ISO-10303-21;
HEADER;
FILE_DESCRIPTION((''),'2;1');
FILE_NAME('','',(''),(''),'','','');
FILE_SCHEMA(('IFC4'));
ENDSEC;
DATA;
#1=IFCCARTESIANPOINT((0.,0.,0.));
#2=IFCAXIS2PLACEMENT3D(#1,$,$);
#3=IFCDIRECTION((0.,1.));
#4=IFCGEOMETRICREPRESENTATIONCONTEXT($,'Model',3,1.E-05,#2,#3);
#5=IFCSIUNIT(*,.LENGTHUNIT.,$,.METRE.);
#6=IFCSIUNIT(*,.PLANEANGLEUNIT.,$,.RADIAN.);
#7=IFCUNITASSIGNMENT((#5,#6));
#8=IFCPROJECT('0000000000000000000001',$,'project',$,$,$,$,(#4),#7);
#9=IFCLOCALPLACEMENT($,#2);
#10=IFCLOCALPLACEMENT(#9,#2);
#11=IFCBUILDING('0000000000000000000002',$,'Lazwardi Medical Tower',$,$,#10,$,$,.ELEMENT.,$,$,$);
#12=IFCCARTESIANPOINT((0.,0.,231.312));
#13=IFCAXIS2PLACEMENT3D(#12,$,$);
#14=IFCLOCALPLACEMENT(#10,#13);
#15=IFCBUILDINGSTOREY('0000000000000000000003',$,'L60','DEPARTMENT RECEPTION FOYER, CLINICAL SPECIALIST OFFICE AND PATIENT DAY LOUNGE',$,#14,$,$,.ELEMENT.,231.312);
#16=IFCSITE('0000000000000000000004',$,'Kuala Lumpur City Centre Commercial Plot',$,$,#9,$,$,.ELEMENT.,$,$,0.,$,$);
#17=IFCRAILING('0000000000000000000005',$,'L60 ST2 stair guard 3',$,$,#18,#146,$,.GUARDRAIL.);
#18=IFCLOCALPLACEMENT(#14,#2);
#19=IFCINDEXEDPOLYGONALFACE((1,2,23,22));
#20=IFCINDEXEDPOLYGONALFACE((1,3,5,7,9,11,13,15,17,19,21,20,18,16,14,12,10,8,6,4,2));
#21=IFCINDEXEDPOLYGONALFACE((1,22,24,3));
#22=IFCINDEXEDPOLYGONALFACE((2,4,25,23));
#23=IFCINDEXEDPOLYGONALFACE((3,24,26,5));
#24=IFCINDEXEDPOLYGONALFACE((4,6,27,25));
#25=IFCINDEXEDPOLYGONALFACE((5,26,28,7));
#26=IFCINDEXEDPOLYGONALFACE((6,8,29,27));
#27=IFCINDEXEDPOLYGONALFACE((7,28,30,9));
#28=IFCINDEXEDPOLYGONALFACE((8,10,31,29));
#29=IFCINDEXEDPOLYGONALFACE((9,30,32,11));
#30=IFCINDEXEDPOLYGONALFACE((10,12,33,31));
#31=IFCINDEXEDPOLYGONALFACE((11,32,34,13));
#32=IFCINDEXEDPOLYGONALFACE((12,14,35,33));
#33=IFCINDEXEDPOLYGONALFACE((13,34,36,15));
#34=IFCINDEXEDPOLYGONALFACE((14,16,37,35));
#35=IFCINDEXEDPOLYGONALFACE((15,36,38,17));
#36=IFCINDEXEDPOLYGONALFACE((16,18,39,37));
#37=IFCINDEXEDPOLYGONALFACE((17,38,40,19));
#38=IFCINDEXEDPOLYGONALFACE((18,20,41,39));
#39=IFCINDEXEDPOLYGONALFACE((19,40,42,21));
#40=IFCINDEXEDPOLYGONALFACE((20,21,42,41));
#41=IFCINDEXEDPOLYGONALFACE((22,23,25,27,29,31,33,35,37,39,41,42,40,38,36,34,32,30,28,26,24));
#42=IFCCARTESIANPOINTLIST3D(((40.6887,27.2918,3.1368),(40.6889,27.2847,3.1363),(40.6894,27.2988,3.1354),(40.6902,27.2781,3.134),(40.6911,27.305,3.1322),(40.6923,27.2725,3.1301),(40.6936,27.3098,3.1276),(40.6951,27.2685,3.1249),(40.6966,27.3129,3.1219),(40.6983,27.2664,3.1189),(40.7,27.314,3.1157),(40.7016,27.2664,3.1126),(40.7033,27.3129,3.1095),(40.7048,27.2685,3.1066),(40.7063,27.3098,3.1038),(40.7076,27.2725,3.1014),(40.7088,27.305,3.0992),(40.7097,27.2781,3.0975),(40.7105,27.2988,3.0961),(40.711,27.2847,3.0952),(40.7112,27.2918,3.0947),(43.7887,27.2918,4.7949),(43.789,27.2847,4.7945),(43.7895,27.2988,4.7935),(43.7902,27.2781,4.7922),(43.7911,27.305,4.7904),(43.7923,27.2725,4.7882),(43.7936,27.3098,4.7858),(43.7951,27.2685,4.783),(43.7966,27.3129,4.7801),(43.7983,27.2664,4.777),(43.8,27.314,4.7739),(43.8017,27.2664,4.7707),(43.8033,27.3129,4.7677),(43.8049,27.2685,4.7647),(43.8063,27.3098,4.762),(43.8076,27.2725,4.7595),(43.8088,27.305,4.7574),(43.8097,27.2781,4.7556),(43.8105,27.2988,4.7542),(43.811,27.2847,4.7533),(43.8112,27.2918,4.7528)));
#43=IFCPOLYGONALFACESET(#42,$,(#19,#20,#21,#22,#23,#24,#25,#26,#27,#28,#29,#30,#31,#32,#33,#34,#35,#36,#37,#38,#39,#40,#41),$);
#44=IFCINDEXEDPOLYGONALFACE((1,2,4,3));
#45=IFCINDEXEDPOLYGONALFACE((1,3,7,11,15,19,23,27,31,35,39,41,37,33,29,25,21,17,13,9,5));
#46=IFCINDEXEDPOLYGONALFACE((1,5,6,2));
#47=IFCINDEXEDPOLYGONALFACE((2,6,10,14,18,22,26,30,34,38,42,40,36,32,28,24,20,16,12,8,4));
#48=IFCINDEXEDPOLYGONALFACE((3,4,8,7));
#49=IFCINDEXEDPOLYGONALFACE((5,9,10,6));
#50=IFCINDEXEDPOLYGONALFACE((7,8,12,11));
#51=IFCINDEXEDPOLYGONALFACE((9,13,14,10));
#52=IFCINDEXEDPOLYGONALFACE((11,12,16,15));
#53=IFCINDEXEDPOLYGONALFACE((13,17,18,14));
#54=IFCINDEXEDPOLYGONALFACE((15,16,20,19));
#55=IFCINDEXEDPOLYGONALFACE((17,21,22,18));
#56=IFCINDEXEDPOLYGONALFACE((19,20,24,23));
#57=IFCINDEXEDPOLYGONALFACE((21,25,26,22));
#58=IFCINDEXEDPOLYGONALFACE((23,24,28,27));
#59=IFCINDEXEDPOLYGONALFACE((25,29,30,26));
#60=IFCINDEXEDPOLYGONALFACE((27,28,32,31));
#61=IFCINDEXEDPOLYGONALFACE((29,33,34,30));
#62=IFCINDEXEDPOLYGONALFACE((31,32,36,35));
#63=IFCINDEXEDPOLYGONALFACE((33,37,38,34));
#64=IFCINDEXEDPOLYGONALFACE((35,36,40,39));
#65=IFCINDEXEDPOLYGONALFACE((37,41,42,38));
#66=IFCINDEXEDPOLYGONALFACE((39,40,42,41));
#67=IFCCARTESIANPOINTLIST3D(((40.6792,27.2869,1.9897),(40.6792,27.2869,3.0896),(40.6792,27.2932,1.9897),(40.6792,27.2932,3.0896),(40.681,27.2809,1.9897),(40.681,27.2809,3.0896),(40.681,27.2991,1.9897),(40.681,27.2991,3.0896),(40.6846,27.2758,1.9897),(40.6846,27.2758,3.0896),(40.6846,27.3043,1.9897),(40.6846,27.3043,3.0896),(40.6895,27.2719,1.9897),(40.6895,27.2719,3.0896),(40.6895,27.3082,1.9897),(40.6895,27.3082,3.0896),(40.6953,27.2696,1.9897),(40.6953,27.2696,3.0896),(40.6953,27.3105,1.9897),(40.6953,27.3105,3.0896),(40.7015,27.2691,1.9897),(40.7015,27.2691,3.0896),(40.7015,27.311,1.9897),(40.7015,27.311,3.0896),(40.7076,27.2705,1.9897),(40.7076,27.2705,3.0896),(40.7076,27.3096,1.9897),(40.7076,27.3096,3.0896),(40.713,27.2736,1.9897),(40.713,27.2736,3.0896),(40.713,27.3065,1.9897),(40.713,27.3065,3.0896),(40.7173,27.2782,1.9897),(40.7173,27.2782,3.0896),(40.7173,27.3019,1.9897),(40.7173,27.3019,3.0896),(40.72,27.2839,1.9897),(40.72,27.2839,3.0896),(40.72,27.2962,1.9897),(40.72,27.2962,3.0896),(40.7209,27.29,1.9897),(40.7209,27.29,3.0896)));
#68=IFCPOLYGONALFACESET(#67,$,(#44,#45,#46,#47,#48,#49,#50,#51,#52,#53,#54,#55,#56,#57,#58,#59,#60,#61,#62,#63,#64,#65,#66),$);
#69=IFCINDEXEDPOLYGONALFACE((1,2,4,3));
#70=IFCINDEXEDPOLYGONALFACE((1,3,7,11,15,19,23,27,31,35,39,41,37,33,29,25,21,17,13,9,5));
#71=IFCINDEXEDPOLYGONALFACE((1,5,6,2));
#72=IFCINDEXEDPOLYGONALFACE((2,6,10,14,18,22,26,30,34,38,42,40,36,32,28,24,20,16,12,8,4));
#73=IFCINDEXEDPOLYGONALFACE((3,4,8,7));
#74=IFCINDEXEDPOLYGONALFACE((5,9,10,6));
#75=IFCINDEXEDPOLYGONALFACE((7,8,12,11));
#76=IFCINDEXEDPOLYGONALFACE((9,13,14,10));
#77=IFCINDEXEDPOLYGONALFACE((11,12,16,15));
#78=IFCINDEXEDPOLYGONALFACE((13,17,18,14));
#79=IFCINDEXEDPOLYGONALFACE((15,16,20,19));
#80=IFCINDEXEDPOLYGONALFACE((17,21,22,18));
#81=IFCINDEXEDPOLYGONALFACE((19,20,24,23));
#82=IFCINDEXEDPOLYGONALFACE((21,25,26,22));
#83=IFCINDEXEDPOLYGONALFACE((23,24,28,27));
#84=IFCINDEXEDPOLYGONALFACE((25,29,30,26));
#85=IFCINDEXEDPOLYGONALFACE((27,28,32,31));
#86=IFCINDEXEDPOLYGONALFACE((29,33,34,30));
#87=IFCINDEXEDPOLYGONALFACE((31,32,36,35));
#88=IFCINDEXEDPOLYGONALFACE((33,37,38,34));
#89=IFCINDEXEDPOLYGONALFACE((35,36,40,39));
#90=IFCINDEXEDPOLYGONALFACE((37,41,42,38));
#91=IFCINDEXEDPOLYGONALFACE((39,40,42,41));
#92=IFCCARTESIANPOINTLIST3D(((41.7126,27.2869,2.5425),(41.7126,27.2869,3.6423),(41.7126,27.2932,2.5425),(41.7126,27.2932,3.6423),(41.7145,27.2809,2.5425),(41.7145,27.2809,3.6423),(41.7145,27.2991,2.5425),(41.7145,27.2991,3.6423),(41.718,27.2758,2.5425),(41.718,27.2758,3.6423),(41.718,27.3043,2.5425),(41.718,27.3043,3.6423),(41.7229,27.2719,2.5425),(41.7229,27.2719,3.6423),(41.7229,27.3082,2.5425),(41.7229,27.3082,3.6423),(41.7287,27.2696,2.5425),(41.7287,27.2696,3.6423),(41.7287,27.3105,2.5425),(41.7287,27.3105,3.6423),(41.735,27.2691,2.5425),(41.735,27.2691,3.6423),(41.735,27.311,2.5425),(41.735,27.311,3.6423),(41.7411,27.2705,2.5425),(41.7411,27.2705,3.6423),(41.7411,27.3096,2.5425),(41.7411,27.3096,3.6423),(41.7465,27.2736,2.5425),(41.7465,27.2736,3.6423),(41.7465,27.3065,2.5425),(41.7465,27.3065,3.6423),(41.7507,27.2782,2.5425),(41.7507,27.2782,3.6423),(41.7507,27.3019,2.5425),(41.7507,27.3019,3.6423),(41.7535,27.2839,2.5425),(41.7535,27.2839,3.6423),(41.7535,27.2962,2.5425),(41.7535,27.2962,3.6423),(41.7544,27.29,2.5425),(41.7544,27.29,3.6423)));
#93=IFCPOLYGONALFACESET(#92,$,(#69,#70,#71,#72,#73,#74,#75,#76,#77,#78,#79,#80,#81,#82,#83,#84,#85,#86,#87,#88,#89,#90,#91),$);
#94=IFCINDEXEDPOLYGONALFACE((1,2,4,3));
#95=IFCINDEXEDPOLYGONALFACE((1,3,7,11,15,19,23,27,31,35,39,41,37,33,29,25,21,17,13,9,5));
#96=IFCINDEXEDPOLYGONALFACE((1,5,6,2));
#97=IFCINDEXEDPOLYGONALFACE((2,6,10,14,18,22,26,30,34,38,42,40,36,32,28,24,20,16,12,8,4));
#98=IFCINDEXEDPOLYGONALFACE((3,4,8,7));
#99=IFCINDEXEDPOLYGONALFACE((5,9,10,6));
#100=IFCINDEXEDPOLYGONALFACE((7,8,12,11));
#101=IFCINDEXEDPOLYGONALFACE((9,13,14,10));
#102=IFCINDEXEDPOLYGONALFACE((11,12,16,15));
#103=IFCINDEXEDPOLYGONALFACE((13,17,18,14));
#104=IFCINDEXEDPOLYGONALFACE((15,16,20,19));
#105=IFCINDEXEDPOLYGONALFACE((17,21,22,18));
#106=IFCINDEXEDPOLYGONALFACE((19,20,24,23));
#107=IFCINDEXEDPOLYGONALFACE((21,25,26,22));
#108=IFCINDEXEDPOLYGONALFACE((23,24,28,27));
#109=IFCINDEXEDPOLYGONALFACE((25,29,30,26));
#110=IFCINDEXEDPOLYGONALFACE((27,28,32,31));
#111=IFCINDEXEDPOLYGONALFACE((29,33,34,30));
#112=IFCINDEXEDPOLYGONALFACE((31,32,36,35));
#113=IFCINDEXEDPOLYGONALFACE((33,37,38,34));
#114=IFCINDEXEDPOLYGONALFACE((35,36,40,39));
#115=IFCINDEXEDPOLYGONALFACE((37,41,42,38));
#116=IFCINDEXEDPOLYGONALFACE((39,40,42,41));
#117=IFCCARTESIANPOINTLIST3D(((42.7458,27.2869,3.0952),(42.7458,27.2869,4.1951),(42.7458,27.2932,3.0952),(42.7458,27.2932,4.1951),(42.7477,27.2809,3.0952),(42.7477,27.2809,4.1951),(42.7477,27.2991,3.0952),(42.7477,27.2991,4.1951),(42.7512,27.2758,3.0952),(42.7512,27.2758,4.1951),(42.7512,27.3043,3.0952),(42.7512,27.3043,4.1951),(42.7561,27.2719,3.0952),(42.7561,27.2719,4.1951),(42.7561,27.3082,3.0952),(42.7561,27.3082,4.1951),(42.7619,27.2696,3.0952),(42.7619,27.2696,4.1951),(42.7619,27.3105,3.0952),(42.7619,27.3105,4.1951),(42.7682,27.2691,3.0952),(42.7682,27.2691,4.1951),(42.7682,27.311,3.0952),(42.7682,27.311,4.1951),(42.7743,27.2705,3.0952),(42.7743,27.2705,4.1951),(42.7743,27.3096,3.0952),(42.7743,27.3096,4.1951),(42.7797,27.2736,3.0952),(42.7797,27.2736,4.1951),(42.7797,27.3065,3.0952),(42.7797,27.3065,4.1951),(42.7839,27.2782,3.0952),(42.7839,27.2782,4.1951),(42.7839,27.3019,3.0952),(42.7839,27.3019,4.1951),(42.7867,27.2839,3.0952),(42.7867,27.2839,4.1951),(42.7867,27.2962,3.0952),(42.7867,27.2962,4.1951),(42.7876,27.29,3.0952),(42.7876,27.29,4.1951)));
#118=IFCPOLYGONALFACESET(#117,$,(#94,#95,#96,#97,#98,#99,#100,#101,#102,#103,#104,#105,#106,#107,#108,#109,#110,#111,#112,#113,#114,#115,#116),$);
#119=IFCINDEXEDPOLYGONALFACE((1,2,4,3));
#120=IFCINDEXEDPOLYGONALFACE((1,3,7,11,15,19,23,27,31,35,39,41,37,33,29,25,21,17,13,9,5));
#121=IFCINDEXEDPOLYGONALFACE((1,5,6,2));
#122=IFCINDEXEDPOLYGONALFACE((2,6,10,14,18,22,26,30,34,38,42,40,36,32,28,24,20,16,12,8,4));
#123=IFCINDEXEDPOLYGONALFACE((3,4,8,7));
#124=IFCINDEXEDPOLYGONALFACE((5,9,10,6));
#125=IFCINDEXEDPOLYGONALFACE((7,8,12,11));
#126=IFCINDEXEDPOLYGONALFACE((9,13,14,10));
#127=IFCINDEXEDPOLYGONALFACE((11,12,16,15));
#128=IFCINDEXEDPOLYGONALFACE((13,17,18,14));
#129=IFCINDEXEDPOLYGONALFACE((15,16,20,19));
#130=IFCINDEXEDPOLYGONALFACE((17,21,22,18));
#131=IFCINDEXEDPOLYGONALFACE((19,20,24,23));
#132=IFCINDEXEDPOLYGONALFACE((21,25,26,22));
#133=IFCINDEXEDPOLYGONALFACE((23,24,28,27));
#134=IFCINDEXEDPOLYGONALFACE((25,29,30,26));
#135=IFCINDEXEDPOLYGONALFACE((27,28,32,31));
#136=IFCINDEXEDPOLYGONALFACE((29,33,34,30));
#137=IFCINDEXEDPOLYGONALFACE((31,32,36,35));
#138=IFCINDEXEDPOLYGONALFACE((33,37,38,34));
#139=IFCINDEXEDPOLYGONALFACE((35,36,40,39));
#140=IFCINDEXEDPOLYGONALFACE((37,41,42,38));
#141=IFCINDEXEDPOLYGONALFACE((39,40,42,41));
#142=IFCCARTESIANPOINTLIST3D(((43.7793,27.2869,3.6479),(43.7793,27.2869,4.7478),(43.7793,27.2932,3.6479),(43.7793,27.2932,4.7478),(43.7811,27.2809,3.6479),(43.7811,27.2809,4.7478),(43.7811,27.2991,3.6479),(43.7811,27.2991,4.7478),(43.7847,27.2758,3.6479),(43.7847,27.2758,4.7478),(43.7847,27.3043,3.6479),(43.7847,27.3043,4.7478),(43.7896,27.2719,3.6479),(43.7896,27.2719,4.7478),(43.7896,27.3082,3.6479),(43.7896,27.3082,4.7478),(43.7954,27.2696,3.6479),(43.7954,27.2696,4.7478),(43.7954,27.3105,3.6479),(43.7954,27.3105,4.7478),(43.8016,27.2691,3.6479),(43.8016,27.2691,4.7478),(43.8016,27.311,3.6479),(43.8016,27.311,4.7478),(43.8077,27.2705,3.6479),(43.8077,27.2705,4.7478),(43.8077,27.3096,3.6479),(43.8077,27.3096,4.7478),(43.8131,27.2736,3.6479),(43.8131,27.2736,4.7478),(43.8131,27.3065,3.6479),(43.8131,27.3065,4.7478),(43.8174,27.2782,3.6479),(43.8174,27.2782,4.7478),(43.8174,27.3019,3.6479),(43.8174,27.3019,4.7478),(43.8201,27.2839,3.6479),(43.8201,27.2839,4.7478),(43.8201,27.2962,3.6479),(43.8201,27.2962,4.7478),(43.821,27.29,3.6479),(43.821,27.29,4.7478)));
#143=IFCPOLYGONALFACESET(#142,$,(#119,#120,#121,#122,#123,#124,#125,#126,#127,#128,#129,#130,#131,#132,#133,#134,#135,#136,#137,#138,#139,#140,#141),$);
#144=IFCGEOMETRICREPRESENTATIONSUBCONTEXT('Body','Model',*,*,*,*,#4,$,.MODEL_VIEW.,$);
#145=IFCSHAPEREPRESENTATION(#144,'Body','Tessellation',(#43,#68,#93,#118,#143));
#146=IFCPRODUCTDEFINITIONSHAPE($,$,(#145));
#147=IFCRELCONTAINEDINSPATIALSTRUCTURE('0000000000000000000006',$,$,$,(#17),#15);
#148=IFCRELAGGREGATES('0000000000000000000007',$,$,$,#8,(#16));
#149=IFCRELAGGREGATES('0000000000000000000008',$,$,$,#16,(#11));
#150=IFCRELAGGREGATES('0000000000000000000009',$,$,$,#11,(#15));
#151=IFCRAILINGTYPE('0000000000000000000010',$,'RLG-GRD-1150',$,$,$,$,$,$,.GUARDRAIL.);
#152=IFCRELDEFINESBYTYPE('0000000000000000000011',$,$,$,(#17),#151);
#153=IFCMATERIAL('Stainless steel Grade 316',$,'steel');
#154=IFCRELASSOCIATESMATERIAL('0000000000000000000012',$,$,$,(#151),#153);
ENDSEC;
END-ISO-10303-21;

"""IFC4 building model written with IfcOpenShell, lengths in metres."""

from ifc_helpers import new_model, si_unit, direction, frame, origin, origin_2d, place, context, subcontext, project, spatial, circle, extrude, material, type_object, element, save


model = new_model("IFC4")

# Units and contexts
model_context = context("Model", 3, precision=1e-05, world=origin(), true_north=direction((0.0, 1.0)))
body_context = subcontext(model_context, "Body", "Model", "MODEL_VIEW")
ifc_project = project(units=[si_unit("LENGTHUNIT", "METRE"), si_unit("PLANEANGLEUNIT", "RADIAN")], contexts=[model_context])

# Site, building, storey
site_placement = place(None, origin())
site = spatial("IfcSite", under=ifc_project, at=site_placement, Name="Kuala Lumpur City Centre Commercial Plot", CompositionType="ELEMENT", RefElevation=0.0)
building_placement = place(site_placement, origin())
building = spatial("IfcBuilding", under=site, at=building_placement, Name="Lazwardi Medical Tower", CompositionType="ELEMENT")
storey_placement = place(building_placement, frame((0.0, 0.0, 231.312)))
storey = spatial("IfcBuildingStorey", under=building, at=storey_placement, Name="L60", Description="DEPARTMENT RECEPTION FOYER, CLINICAL SPECIALIST OFFICE AND PATIENT DAY LOUNGE", CompositionType="ELEMENT", Elevation=231.312)

# Railing
ifc_material_1 = material(Name="Stainless steel Grade 316", Category="steel")
railing_type_1 = type_object("IfcRailingType", Name="RLG-GRD-1150", PredefinedType="GUARDRAIL", material=ifc_material_1)
railing_1_placement = place(storey_placement, frame((40.7, 27.29, 1.9897)))
element("IfcRailing", 1, at=railing_1_placement, inside=storey, type_object=railing_type_1, Name="L60 ST2 stair guard 3", PredefinedType="GUARDRAIL", context=body_context, shape_type="SweptSolid", body=[
    extrude(circle(Radius=0.0239, at=origin_2d()), frame((0.0, 0.0, 1.126), z_axis=(0.881783, 0.0, 0.471655), x_axis=(0.0, 1.0, 0.0)), (0.0, 0.0, 1.0), 3.5156),
    extrude(circle(Radius=0.021, at=origin_2d()), origin(), (0.0, 0.0, 1.0), 1.0999),
    extrude(circle(Radius=0.021, at=origin_2d()), frame((1.0334, 0.0, 0.5527)), (0.0, 0.0, 1.0), 1.0999),
    extrude(circle(Radius=0.021, at=origin_2d()), frame((2.0667, 0.0, 1.1055)), (0.0, 0.0, 1.0), 1.0999),
    extrude(circle(Radius=0.021, at=origin_2d()), frame((3.1001, 0.0, 1.6582)), (0.0, 0.0, 1.0), 1.0999),
])

save(model, "model.ifc")
